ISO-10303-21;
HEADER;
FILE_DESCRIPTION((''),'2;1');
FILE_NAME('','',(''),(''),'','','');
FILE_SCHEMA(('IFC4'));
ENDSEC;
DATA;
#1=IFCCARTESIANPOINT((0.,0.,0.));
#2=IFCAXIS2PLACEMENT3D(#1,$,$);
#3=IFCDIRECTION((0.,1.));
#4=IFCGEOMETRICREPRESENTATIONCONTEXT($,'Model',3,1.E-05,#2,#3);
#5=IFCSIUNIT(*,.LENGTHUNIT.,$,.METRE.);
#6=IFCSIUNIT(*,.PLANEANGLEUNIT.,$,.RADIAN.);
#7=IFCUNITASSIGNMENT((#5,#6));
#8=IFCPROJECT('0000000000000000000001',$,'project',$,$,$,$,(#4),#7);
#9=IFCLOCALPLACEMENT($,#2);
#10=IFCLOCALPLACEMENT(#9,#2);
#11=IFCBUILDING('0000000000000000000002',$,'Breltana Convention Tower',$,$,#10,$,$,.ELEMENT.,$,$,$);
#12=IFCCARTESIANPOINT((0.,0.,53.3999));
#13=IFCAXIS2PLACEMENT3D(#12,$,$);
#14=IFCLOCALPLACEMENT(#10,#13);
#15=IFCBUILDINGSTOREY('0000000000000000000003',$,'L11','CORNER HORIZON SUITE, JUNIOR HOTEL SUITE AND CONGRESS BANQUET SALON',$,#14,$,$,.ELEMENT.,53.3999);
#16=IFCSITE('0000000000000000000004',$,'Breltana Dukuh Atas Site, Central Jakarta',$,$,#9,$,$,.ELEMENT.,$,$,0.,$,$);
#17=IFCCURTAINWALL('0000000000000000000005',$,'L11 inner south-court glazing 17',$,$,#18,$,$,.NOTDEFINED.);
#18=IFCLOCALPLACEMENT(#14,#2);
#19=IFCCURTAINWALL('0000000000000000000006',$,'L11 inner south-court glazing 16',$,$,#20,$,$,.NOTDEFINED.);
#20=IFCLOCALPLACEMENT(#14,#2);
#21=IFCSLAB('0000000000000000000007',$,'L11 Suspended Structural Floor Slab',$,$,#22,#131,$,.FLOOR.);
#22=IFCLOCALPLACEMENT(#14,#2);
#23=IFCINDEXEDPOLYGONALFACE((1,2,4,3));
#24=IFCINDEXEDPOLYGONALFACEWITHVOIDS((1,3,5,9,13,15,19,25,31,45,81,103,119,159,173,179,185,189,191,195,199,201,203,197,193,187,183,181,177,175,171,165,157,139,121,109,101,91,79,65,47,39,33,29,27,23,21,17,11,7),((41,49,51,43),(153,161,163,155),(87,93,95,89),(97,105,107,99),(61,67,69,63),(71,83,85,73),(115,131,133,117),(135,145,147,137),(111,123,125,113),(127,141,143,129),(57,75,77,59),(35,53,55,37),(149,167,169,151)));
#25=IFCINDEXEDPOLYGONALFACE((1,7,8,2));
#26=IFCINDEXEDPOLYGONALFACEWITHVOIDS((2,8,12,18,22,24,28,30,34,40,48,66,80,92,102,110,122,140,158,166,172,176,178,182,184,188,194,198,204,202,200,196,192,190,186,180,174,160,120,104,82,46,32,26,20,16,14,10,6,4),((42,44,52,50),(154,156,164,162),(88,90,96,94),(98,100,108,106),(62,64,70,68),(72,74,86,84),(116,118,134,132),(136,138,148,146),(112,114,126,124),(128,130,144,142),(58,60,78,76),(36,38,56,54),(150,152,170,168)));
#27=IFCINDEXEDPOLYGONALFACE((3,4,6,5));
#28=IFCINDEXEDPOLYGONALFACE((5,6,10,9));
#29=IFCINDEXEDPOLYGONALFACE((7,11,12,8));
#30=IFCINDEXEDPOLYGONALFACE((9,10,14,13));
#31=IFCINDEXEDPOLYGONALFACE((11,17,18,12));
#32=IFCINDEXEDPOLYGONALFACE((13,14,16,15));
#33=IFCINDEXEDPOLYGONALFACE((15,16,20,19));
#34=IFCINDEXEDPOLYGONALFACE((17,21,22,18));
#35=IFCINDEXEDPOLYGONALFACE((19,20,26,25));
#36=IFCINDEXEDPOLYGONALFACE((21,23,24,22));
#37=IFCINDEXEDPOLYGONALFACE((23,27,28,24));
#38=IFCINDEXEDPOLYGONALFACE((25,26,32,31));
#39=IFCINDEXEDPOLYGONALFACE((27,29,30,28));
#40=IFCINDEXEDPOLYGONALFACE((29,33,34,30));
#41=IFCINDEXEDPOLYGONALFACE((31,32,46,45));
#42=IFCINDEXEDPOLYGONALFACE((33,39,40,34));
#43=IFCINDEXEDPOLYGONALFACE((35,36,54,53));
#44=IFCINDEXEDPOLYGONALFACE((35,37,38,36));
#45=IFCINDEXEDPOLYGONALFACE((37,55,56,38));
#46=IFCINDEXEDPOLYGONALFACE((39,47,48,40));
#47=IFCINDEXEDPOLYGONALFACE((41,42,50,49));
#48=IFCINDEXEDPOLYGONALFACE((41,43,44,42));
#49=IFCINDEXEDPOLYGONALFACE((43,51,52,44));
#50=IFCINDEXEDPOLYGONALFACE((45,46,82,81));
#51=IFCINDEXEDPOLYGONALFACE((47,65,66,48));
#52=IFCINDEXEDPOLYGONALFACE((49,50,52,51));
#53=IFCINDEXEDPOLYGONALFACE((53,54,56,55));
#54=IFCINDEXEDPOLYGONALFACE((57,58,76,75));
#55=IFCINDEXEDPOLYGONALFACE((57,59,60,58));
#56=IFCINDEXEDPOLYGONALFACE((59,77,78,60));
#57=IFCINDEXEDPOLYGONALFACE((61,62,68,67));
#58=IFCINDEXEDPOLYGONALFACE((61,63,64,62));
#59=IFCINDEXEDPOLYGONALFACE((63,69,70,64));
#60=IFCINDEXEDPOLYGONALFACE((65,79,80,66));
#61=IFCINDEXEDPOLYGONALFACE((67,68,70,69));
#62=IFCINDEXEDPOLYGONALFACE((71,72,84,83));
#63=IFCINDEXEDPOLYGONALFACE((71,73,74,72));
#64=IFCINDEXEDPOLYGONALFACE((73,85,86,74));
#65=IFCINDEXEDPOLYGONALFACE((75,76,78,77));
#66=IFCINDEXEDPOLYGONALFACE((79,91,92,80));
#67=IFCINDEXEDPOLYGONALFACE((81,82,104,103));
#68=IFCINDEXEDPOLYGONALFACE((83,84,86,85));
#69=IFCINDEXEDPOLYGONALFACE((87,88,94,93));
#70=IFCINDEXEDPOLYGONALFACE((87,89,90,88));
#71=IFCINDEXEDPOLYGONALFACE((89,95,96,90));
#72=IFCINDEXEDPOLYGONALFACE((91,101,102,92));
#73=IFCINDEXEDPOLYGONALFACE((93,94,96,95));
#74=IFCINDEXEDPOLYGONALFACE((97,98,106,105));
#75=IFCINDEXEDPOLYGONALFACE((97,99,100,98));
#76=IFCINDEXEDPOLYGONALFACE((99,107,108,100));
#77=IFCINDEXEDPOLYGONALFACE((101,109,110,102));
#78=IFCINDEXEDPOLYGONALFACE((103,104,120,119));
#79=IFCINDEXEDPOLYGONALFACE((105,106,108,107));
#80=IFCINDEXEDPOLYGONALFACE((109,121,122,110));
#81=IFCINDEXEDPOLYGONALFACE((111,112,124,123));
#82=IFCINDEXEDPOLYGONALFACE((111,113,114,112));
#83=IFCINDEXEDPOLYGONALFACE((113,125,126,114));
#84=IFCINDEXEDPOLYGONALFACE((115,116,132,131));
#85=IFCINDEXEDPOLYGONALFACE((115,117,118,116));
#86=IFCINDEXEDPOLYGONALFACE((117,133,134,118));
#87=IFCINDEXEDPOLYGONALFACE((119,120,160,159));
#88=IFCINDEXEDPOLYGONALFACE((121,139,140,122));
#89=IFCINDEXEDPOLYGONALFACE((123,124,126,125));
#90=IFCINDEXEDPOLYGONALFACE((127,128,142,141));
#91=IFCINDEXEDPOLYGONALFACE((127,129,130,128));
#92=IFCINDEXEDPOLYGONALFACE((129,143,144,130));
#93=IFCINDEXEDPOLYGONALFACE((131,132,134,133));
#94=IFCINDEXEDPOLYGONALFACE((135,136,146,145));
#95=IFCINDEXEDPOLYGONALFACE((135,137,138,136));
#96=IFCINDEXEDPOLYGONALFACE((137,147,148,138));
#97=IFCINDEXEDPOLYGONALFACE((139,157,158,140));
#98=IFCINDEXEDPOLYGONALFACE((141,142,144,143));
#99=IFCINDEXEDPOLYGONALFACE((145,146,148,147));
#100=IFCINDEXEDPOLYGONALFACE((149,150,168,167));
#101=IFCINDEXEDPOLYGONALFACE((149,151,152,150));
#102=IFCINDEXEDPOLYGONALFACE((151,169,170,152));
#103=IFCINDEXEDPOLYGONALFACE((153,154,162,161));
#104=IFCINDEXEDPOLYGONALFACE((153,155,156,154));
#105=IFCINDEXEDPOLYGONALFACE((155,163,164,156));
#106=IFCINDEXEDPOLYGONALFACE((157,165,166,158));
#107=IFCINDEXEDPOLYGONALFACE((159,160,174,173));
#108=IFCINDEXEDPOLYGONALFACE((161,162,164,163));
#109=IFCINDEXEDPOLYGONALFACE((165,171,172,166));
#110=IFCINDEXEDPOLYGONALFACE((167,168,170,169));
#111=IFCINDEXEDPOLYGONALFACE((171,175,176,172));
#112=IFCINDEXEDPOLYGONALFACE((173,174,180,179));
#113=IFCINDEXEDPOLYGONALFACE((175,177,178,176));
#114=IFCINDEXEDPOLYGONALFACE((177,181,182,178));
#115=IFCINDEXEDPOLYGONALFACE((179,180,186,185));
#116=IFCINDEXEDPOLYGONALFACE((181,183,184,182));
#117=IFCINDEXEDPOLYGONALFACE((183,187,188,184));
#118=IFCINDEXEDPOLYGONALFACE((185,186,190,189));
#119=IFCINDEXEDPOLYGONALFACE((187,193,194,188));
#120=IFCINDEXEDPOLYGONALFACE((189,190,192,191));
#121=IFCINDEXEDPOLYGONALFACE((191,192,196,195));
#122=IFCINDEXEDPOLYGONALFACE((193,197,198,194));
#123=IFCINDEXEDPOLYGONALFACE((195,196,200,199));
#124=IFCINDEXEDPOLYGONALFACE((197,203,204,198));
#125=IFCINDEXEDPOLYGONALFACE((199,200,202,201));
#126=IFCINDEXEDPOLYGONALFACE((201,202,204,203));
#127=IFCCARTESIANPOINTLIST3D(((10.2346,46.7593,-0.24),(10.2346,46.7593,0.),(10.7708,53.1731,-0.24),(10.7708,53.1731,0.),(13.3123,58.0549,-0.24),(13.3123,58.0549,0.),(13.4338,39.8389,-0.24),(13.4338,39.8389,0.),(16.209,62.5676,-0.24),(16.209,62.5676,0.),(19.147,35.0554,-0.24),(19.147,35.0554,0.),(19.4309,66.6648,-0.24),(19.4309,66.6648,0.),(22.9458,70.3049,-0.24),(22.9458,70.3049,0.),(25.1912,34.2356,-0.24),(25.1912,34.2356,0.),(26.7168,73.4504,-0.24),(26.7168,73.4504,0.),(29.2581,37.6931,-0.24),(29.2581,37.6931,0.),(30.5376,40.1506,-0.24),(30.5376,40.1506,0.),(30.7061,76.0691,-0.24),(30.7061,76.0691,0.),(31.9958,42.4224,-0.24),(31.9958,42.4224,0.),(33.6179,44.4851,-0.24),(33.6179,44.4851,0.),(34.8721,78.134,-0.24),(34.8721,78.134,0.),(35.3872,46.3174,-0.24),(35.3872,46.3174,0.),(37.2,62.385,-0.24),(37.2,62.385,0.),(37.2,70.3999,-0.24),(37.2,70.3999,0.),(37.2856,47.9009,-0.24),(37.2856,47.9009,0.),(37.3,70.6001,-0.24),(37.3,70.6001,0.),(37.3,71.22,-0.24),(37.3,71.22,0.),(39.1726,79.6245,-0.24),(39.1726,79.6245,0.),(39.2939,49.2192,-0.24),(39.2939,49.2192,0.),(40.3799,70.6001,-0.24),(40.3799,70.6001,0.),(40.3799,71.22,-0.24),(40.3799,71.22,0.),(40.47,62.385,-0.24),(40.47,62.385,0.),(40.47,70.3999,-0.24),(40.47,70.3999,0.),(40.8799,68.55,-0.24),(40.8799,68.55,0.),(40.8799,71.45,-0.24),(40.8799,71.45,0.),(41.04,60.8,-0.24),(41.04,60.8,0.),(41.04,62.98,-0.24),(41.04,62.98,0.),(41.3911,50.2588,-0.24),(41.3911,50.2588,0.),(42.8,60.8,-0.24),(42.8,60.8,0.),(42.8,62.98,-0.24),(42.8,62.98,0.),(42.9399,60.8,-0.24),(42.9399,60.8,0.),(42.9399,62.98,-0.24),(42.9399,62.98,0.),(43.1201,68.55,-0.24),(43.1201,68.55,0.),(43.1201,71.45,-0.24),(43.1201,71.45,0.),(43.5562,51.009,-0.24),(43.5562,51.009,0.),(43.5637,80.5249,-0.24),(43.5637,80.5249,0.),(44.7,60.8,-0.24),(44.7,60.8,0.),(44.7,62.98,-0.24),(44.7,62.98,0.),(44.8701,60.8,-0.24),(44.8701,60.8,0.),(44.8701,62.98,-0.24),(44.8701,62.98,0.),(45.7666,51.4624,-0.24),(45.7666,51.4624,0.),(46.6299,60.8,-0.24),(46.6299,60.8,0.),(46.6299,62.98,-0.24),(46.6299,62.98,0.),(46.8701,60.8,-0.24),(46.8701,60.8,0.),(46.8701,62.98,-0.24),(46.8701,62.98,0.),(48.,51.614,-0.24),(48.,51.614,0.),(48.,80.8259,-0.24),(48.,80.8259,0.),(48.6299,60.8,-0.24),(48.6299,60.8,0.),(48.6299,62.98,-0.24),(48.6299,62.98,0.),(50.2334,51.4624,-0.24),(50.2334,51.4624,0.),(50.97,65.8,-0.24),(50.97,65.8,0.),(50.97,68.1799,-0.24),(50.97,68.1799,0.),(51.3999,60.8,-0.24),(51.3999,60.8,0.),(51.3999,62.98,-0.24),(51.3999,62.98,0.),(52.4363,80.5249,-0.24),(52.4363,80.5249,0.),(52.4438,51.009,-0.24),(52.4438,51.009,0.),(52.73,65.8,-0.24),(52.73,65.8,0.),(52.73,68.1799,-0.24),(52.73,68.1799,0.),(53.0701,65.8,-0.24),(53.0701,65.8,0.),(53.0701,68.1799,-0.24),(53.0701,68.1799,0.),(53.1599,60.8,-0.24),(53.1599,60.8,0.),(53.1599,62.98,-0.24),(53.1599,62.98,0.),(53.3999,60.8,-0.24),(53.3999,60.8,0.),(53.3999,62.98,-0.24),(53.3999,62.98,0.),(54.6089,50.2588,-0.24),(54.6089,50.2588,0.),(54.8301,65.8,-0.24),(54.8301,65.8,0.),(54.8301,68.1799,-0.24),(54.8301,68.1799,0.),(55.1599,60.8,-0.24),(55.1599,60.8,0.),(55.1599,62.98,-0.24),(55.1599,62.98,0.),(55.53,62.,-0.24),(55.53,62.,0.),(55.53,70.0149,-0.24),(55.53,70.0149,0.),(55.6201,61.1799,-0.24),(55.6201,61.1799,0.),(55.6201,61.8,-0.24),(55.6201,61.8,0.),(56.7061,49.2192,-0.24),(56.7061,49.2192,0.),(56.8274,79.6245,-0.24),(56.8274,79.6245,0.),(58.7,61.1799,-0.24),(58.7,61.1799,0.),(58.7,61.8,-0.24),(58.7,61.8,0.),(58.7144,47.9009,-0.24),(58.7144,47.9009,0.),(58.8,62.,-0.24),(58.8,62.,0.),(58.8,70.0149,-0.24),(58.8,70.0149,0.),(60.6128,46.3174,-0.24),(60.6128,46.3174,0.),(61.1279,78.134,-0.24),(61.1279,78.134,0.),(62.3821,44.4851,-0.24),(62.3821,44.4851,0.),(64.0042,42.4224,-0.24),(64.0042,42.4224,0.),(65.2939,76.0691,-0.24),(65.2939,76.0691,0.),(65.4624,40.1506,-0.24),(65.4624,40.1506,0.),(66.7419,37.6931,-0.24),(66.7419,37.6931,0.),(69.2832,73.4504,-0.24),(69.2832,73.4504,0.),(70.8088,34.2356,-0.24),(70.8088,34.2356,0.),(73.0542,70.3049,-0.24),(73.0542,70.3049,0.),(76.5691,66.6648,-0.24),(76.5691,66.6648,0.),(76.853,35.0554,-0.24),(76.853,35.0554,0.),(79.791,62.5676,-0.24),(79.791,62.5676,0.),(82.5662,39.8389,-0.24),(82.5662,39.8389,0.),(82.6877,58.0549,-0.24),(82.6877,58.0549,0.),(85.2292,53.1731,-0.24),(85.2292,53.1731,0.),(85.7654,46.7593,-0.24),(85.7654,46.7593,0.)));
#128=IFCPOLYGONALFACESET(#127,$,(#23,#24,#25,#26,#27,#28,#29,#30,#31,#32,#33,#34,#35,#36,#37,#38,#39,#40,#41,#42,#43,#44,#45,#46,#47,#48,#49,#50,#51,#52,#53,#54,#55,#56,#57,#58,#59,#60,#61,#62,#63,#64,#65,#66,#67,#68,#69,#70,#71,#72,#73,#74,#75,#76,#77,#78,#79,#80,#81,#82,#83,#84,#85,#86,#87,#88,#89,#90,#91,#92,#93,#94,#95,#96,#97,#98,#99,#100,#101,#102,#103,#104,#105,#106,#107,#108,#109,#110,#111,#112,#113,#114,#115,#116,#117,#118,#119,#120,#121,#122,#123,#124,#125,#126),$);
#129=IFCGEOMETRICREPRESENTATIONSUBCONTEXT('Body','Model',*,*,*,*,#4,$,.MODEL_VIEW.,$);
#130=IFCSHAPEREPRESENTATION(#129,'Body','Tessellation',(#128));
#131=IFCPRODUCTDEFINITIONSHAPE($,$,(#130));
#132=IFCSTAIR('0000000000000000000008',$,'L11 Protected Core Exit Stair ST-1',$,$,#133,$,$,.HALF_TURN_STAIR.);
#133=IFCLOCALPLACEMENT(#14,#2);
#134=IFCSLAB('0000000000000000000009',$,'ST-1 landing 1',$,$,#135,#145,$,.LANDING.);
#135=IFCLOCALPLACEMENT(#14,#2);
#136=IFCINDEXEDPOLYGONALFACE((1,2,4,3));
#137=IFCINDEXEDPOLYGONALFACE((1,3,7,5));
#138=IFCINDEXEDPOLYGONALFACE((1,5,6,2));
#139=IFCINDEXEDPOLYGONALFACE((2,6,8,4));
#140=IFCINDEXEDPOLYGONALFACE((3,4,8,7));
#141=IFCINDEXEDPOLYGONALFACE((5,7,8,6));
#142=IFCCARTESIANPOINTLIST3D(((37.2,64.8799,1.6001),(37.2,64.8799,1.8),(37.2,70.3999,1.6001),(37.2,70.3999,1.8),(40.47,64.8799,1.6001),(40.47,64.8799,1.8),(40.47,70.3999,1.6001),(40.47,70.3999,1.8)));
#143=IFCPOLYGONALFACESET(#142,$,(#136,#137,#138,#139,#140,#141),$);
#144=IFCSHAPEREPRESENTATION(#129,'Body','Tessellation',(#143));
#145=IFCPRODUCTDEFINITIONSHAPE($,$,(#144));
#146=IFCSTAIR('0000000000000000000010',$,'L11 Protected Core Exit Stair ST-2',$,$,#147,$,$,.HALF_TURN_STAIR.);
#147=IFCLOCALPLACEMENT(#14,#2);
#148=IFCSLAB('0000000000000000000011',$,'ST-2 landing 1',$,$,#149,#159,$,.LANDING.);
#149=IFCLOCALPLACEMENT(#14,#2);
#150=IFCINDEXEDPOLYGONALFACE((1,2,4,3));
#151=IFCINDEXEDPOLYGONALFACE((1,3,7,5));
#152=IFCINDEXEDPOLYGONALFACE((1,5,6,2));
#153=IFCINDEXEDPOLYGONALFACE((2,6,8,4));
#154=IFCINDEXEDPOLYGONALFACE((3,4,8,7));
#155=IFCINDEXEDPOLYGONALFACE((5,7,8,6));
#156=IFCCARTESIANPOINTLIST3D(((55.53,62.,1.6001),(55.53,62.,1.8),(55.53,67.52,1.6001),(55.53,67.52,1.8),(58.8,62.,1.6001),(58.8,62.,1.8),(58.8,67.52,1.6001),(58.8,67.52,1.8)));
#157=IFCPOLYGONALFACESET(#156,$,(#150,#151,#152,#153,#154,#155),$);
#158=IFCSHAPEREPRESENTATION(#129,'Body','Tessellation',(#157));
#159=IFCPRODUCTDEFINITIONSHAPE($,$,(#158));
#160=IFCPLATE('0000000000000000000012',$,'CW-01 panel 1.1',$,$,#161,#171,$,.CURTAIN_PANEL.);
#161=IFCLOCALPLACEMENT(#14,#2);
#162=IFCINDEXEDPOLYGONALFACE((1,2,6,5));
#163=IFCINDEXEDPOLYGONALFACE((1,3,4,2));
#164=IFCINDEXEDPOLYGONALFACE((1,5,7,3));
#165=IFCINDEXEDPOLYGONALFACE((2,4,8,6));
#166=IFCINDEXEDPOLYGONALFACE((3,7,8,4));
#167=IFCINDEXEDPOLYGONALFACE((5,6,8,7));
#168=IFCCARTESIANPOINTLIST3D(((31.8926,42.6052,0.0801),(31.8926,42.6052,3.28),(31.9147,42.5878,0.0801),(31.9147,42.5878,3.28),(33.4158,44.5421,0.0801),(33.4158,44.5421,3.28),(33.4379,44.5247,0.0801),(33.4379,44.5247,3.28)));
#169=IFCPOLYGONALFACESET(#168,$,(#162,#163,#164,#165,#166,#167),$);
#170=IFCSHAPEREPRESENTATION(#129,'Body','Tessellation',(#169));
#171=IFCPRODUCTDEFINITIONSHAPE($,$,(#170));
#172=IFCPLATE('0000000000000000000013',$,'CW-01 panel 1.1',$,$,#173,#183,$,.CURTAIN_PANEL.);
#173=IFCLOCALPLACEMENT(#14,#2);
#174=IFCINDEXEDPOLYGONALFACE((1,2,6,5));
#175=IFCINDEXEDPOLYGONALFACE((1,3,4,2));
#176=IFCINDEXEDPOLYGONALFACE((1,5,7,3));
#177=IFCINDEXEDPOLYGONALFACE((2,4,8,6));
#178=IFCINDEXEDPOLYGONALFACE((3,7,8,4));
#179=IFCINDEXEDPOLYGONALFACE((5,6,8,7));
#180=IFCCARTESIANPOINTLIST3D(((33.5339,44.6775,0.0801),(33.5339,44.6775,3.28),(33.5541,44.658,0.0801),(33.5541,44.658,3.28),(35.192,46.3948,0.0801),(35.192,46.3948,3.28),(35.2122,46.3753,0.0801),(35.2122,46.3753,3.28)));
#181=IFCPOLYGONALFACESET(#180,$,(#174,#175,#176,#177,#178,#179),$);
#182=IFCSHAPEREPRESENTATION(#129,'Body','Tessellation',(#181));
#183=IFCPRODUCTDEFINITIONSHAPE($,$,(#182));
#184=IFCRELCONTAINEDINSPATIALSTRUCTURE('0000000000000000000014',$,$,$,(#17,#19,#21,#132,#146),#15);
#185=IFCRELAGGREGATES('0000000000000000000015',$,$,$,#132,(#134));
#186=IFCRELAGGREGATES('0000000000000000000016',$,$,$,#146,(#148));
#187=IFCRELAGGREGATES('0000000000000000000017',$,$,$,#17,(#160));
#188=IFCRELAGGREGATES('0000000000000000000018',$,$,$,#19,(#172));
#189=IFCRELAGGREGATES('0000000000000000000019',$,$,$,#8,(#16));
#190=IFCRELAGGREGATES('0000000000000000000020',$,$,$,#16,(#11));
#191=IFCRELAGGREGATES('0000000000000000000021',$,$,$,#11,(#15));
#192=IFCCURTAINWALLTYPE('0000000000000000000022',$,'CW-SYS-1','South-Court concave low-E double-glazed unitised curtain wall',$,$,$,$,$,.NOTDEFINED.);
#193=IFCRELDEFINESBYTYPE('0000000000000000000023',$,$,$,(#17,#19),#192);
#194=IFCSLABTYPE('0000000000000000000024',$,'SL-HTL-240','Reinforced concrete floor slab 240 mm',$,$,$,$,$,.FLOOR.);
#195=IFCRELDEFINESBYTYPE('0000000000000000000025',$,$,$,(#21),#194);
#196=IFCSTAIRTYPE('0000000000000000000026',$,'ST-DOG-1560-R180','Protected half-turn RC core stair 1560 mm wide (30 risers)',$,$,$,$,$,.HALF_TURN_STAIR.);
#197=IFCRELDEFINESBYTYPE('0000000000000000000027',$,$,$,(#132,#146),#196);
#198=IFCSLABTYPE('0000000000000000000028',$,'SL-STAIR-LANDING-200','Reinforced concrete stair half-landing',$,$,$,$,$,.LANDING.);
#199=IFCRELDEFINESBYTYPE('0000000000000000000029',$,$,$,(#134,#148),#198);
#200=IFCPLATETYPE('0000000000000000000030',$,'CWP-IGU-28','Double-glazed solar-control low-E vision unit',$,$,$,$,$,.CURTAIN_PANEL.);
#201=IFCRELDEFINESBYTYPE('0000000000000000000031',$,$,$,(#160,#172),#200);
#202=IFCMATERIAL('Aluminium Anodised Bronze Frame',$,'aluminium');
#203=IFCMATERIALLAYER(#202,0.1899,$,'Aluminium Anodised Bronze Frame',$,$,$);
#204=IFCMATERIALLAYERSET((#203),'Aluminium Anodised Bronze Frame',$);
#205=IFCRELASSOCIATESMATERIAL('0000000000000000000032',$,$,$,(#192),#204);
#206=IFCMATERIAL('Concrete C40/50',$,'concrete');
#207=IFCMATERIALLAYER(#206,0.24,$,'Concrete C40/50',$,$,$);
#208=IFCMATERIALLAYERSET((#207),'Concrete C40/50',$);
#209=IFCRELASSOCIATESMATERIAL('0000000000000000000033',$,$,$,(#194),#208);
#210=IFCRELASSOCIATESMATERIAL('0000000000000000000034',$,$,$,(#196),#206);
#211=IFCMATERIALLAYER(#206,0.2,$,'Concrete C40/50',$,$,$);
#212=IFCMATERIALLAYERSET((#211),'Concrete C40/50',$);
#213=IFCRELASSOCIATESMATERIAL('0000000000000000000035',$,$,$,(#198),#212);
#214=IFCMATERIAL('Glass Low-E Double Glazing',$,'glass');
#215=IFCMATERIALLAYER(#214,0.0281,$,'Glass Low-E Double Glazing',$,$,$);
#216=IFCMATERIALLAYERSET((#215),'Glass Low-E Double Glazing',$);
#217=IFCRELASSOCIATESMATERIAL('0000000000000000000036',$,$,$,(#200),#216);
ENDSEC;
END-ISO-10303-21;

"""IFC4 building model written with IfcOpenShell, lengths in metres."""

from ifc_helpers import new_model, si_unit, direction, frame, origin, origin_2d, place, context, subcontext, project, spatial, polyline, rectangle, outline, extrude, source, transform, mapped, material, layer, layer_set, type_object, element, aggregate, save


model = new_model("IFC4")

# Units and contexts
model_context = context("Model", 3, precision=1e-05, world=origin(), true_north=direction((0.0, 1.0)))
body_context = subcontext(model_context, "Body", "Model", "MODEL_VIEW")
ifc_project = project(units=[si_unit("LENGTHUNIT", "METRE"), si_unit("PLANEANGLEUNIT", "RADIAN")], contexts=[model_context])

# Site, building, storey
site_placement = place(None, origin())
site = spatial("IfcSite", under=ifc_project, at=site_placement, Name="Breltana Dukuh Atas Site, Central Jakarta", CompositionType="ELEMENT", RefElevation=0.0)
building_placement = place(site_placement, origin())
building = spatial("IfcBuilding", under=site, at=building_placement, Name="Breltana Convention Tower", CompositionType="ELEMENT")
storey_placement = place(building_placement, frame((0.0, 0.0, 53.3999)))
storey = spatial("IfcBuildingStorey", under=building, at=storey_placement, Name="L11", Description="CORNER HORIZON SUITE, JUNIOR HOTEL SUITE AND CONGRESS BANQUET SALON", CompositionType="ELEMENT", Elevation=53.3999)

# Curtain wall
ifc_material_1 = material(Name="Aluminium Anodised Bronze Frame", Category="aluminium")
ifc_layer_1 = layer(ifc_material_1, 0.1899, Name="Aluminium Anodised Bronze Frame")
ifc_layer_set_1 = layer_set([ifc_layer_1], Name="Aluminium Anodised Bronze Frame")
curtain_wall_type = type_object("IfcCurtainWallType", Name="CW-SYS-1", Description="South-Court concave low-E double-glazed unitised curtain wall", PredefinedType="NOTDEFINED", material=ifc_layer_set_1)
curtain_wall_1_placement = place(storey_placement, origin())
curtain_wall_1 = element("IfcCurtainWall", 1, at=curtain_wall_1_placement, inside=storey, type_object=curtain_wall_type, Name="L11 inner south-court glazing 17", PredefinedType="NOTDEFINED")

# Curtain wall
curtain_wall_2_placement = place(storey_placement, origin())
curtain_wall_2 = element("IfcCurtainWall", 2, at=curtain_wall_2_placement, inside=storey, type_object=curtain_wall_type, Name="L11 inner south-court glazing 16", PredefinedType="NOTDEFINED")

# Slab
ifc_material_2 = material(Name="Concrete C40/50", Category="concrete")
ifc_layer_2 = layer(ifc_material_2, 0.24, Name="Concrete C40/50")
ifc_layer_set_2 = layer_set([ifc_layer_2], Name="Concrete C40/50")
slab_type_1 = type_object("IfcSlabType", Name="SL-HTL-240", Description="Reinforced concrete floor slab 240 mm", PredefinedType="FLOOR", material=ifc_layer_set_2)
slab_1_placement = place(storey_placement, frame((0.0, 0.0, -0.24)))
element("IfcSlab", 3, at=slab_1_placement, inside=storey, type_object=slab_type_1, Name="L11 Suspended Structural Floor Slab", PredefinedType="FLOOR", context=body_context, shape_type="SweptSolid", body=[
    extrude(outline(polyline([(85.2292, 53.1731), (82.6877, 58.0549), (79.791, 62.5676), (76.5691, 66.6648), (73.0542, 70.3049), (69.2832, 73.4504), (65.2939, 76.0691), (61.1279, 78.134), (56.8274, 79.6245), (52.4363, 80.5249), (48.0, 80.8259), (43.5637, 80.5249), (39.1726, 79.6245), (34.8721, 78.134), (30.7061, 76.0691), (26.7168, 73.4504), (22.9458, 70.3049), (19.4309, 66.6648), (16.209, 62.5676), (13.3123, 58.0549), (10.7708, 53.1731), (10.2346, 46.7593), (13.4338, 39.8389), (19.147, 35.0554), (25.1912, 34.2356), (29.2581, 37.6931), (30.5376, 40.1506), (31.9958, 42.4224), (33.6179, 44.4851), (35.3872, 46.3174), (37.2856, 47.9009), (39.2939, 49.2192), (41.3911, 50.2588), (43.5562, 51.009), (45.7666, 51.4624), (48.0, 51.614), (50.2334, 51.4624), (52.4438, 51.009), (54.6089, 50.2588), (56.7061, 49.2192), (58.7144, 47.9009), (60.6128, 46.3174), (62.3821, 44.4851), (64.0042, 42.4224), (65.4624, 40.1506), (66.7419, 37.6931), (70.8088, 34.2356), (76.853, 35.0554), (82.5662, 39.8389), (85.7654, 46.7593), (85.2292, 53.1731)]), holes=[polyline([(37.2, 62.385), (40.47, 62.385), (40.47, 70.3999), (37.2, 70.3999), (37.2, 62.385)]), polyline([(55.53, 62.0), (58.8, 62.0), (58.8, 70.0149), (55.53, 70.0149), (55.53, 62.0)]), polyline([(41.04, 60.8), (42.8, 60.8), (42.8, 62.98), (41.04, 62.98), (41.04, 60.8)]), polyline([(42.9399, 60.8), (44.7, 60.8), (44.7, 62.98), (42.9399, 62.98), (42.9399, 60.8)]), polyline([(44.8701, 60.8), (46.6299, 60.8), (46.6299, 62.98), (44.8701, 62.98), (44.8701, 60.8)]), polyline([(46.8701, 60.8), (48.6299, 60.8), (48.6299, 62.98), (46.8701, 62.98), (46.8701, 60.8)]), polyline([(51.3999, 60.8), (53.1599, 60.8), (53.1599, 62.98), (51.3999, 62.98), (51.3999, 60.8)]), polyline([(53.3999, 60.8), (55.1599, 60.8), (55.1599, 62.98), (53.3999, 62.98), (53.3999, 60.8)]), polyline([(50.97, 65.8), (52.73, 65.8), (52.73, 68.1799), (50.97, 68.1799), (50.97, 65.8)]), polyline([(53.0701, 65.8), (54.8301, 65.8), (54.8301, 68.1799), (53.0701, 68.1799), (53.0701, 65.8)]), polyline([(40.8799, 68.55), (43.1201, 68.55), (43.1201, 71.45), (40.8799, 71.45), (40.8799, 68.55)]), polyline([(37.3, 70.6001), (40.3799, 70.6001), (40.3799, 71.22), (37.3, 71.22), (37.3, 70.6001)]), polyline([(55.6201, 61.1799), (58.7, 61.1799), (58.7, 61.8), (55.6201, 61.8), (55.6201, 61.1799)])]), origin(), (0.0, 0.0, 1.0), 0.24),
])

# Stairs, slabs
stair_type = type_object("IfcStairType", Name="ST-DOG-1560-R180", Description="Protected half-turn RC core stair 1560 mm wide (30 risers)", PredefinedType="HALF_TURN_STAIR", material=ifc_material_2)
stair_1_placement = place(storey_placement, origin())
stair_1 = element("IfcStair", 4, at=stair_1_placement, inside=storey, type_object=stair_type, Name="L11 Protected Core Exit Stair ST-1", PredefinedType="HALF_TURN_STAIR")
ifc_layer_3 = layer(ifc_material_2, 0.2, Name="Concrete C40/50")
ifc_layer_set_3 = layer_set([ifc_layer_3], Name="Concrete C40/50")
slab_type_2 = type_object("IfcSlabType", Name="SL-STAIR-LANDING-200", Description="Reinforced concrete stair half-landing", PredefinedType="LANDING", material=ifc_layer_set_3)
slab_2_placement = place(storey_placement, frame((0.0, 0.0, 1.6001)))
slab_2 = element("IfcSlab", 5, at=slab_2_placement, type_object=slab_type_2, Name="ST-1 landing 1", PredefinedType="LANDING", context=body_context, shape_type="SweptSolid", body=[
    extrude(outline(polyline([(40.47, 64.8799), (40.47, 70.3999), (37.2, 70.3999), (37.2, 64.8799), (40.47, 64.8799)])), origin(), (0.0, 0.0, 1.0), 0.2),
])
aggregate(stair_1, [slab_2])
stair_2_placement = place(storey_placement, origin())
stair_2 = element("IfcStair", 6, at=stair_2_placement, inside=storey, type_object=stair_type, Name="L11 Protected Core Exit Stair ST-2", PredefinedType="HALF_TURN_STAIR")
slab_3_placement = place(storey_placement, frame((0.0, 0.0, 1.6001)))
slab_3 = element("IfcSlab", 7, at=slab_3_placement, type_object=slab_type_2, Name="ST-2 landing 1", PredefinedType="LANDING", context=body_context, shape_type="SweptSolid", body=[
    extrude(outline(polyline([(55.53, 67.52), (55.53, 62.0), (58.8, 62.0), (58.8, 67.52), (55.53, 67.52)])), origin(), (0.0, 0.0, 1.0), 0.2),
])
aggregate(stair_2, [slab_3])

# Plates
ifc_material_3 = material(Name="Glass Low-E Double Glazing", Category="glass")
ifc_layer_4 = layer(ifc_material_3, 0.0281, Name="Glass Low-E Double Glazing")
ifc_layer_set_4 = layer_set([ifc_layer_4], Name="Glass Low-E Double Glazing")
plate_type = type_object("IfcPlateType", Name="CWP-IGU-28", Description="Double-glazed solar-control low-E vision unit", PredefinedType="CURTAIN_PANEL", material=ifc_layer_set_4)
shared_shape_1 = source(origin(), body_context, "Body", "SweptSolid", [
    extrude(rectangle(XDim=2.4641, YDim=0.0281, at=origin_2d()), origin(), (0.0, 0.0, 1.0), 3.2),
])
plate_1_placement = place(storey_placement, frame((32.6653, 43.5649, 0.0801), z_axis=(0.0, 0.0, 1.0), x_axis=(-0.618153, -0.786058, 0.0)))
plate_1 = element("IfcPlate", 8, at=plate_1_placement, type_object=plate_type, Name="CW-01 panel 1.1", PredefinedType="CURTAIN_PANEL", context=body_context, shape_type="MappedRepresentation", body=[
    mapped(shared_shape_1, transform((0.0, 0.0, 0.0), scale=1.0)),
])
aggregate(curtain_wall_1, [plate_1])
shared_shape_2 = source(origin(), body_context, "Body", "SweptSolid", [
    extrude(rectangle(XDim=2.3872, YDim=0.0281, at=origin_2d()), origin(), (0.0, 0.0, 1.0), 3.2),
])
plate_2_placement = place(storey_placement, frame((34.373, 45.5264, 0.0801), z_axis=(0.0, 0.0, 1.0), x_axis=(-0.694612, -0.719385, 0.0)))
plate_2 = element("IfcPlate", 9, at=plate_2_placement, type_object=plate_type, Name="CW-01 panel 1.1", PredefinedType="CURTAIN_PANEL", context=body_context, shape_type="MappedRepresentation", body=[
    mapped(shared_shape_2, transform((0.0, 0.0, 0.0), scale=1.0)),
])
aggregate(curtain_wall_2, [plate_2])

save(model, "model.ifc")
